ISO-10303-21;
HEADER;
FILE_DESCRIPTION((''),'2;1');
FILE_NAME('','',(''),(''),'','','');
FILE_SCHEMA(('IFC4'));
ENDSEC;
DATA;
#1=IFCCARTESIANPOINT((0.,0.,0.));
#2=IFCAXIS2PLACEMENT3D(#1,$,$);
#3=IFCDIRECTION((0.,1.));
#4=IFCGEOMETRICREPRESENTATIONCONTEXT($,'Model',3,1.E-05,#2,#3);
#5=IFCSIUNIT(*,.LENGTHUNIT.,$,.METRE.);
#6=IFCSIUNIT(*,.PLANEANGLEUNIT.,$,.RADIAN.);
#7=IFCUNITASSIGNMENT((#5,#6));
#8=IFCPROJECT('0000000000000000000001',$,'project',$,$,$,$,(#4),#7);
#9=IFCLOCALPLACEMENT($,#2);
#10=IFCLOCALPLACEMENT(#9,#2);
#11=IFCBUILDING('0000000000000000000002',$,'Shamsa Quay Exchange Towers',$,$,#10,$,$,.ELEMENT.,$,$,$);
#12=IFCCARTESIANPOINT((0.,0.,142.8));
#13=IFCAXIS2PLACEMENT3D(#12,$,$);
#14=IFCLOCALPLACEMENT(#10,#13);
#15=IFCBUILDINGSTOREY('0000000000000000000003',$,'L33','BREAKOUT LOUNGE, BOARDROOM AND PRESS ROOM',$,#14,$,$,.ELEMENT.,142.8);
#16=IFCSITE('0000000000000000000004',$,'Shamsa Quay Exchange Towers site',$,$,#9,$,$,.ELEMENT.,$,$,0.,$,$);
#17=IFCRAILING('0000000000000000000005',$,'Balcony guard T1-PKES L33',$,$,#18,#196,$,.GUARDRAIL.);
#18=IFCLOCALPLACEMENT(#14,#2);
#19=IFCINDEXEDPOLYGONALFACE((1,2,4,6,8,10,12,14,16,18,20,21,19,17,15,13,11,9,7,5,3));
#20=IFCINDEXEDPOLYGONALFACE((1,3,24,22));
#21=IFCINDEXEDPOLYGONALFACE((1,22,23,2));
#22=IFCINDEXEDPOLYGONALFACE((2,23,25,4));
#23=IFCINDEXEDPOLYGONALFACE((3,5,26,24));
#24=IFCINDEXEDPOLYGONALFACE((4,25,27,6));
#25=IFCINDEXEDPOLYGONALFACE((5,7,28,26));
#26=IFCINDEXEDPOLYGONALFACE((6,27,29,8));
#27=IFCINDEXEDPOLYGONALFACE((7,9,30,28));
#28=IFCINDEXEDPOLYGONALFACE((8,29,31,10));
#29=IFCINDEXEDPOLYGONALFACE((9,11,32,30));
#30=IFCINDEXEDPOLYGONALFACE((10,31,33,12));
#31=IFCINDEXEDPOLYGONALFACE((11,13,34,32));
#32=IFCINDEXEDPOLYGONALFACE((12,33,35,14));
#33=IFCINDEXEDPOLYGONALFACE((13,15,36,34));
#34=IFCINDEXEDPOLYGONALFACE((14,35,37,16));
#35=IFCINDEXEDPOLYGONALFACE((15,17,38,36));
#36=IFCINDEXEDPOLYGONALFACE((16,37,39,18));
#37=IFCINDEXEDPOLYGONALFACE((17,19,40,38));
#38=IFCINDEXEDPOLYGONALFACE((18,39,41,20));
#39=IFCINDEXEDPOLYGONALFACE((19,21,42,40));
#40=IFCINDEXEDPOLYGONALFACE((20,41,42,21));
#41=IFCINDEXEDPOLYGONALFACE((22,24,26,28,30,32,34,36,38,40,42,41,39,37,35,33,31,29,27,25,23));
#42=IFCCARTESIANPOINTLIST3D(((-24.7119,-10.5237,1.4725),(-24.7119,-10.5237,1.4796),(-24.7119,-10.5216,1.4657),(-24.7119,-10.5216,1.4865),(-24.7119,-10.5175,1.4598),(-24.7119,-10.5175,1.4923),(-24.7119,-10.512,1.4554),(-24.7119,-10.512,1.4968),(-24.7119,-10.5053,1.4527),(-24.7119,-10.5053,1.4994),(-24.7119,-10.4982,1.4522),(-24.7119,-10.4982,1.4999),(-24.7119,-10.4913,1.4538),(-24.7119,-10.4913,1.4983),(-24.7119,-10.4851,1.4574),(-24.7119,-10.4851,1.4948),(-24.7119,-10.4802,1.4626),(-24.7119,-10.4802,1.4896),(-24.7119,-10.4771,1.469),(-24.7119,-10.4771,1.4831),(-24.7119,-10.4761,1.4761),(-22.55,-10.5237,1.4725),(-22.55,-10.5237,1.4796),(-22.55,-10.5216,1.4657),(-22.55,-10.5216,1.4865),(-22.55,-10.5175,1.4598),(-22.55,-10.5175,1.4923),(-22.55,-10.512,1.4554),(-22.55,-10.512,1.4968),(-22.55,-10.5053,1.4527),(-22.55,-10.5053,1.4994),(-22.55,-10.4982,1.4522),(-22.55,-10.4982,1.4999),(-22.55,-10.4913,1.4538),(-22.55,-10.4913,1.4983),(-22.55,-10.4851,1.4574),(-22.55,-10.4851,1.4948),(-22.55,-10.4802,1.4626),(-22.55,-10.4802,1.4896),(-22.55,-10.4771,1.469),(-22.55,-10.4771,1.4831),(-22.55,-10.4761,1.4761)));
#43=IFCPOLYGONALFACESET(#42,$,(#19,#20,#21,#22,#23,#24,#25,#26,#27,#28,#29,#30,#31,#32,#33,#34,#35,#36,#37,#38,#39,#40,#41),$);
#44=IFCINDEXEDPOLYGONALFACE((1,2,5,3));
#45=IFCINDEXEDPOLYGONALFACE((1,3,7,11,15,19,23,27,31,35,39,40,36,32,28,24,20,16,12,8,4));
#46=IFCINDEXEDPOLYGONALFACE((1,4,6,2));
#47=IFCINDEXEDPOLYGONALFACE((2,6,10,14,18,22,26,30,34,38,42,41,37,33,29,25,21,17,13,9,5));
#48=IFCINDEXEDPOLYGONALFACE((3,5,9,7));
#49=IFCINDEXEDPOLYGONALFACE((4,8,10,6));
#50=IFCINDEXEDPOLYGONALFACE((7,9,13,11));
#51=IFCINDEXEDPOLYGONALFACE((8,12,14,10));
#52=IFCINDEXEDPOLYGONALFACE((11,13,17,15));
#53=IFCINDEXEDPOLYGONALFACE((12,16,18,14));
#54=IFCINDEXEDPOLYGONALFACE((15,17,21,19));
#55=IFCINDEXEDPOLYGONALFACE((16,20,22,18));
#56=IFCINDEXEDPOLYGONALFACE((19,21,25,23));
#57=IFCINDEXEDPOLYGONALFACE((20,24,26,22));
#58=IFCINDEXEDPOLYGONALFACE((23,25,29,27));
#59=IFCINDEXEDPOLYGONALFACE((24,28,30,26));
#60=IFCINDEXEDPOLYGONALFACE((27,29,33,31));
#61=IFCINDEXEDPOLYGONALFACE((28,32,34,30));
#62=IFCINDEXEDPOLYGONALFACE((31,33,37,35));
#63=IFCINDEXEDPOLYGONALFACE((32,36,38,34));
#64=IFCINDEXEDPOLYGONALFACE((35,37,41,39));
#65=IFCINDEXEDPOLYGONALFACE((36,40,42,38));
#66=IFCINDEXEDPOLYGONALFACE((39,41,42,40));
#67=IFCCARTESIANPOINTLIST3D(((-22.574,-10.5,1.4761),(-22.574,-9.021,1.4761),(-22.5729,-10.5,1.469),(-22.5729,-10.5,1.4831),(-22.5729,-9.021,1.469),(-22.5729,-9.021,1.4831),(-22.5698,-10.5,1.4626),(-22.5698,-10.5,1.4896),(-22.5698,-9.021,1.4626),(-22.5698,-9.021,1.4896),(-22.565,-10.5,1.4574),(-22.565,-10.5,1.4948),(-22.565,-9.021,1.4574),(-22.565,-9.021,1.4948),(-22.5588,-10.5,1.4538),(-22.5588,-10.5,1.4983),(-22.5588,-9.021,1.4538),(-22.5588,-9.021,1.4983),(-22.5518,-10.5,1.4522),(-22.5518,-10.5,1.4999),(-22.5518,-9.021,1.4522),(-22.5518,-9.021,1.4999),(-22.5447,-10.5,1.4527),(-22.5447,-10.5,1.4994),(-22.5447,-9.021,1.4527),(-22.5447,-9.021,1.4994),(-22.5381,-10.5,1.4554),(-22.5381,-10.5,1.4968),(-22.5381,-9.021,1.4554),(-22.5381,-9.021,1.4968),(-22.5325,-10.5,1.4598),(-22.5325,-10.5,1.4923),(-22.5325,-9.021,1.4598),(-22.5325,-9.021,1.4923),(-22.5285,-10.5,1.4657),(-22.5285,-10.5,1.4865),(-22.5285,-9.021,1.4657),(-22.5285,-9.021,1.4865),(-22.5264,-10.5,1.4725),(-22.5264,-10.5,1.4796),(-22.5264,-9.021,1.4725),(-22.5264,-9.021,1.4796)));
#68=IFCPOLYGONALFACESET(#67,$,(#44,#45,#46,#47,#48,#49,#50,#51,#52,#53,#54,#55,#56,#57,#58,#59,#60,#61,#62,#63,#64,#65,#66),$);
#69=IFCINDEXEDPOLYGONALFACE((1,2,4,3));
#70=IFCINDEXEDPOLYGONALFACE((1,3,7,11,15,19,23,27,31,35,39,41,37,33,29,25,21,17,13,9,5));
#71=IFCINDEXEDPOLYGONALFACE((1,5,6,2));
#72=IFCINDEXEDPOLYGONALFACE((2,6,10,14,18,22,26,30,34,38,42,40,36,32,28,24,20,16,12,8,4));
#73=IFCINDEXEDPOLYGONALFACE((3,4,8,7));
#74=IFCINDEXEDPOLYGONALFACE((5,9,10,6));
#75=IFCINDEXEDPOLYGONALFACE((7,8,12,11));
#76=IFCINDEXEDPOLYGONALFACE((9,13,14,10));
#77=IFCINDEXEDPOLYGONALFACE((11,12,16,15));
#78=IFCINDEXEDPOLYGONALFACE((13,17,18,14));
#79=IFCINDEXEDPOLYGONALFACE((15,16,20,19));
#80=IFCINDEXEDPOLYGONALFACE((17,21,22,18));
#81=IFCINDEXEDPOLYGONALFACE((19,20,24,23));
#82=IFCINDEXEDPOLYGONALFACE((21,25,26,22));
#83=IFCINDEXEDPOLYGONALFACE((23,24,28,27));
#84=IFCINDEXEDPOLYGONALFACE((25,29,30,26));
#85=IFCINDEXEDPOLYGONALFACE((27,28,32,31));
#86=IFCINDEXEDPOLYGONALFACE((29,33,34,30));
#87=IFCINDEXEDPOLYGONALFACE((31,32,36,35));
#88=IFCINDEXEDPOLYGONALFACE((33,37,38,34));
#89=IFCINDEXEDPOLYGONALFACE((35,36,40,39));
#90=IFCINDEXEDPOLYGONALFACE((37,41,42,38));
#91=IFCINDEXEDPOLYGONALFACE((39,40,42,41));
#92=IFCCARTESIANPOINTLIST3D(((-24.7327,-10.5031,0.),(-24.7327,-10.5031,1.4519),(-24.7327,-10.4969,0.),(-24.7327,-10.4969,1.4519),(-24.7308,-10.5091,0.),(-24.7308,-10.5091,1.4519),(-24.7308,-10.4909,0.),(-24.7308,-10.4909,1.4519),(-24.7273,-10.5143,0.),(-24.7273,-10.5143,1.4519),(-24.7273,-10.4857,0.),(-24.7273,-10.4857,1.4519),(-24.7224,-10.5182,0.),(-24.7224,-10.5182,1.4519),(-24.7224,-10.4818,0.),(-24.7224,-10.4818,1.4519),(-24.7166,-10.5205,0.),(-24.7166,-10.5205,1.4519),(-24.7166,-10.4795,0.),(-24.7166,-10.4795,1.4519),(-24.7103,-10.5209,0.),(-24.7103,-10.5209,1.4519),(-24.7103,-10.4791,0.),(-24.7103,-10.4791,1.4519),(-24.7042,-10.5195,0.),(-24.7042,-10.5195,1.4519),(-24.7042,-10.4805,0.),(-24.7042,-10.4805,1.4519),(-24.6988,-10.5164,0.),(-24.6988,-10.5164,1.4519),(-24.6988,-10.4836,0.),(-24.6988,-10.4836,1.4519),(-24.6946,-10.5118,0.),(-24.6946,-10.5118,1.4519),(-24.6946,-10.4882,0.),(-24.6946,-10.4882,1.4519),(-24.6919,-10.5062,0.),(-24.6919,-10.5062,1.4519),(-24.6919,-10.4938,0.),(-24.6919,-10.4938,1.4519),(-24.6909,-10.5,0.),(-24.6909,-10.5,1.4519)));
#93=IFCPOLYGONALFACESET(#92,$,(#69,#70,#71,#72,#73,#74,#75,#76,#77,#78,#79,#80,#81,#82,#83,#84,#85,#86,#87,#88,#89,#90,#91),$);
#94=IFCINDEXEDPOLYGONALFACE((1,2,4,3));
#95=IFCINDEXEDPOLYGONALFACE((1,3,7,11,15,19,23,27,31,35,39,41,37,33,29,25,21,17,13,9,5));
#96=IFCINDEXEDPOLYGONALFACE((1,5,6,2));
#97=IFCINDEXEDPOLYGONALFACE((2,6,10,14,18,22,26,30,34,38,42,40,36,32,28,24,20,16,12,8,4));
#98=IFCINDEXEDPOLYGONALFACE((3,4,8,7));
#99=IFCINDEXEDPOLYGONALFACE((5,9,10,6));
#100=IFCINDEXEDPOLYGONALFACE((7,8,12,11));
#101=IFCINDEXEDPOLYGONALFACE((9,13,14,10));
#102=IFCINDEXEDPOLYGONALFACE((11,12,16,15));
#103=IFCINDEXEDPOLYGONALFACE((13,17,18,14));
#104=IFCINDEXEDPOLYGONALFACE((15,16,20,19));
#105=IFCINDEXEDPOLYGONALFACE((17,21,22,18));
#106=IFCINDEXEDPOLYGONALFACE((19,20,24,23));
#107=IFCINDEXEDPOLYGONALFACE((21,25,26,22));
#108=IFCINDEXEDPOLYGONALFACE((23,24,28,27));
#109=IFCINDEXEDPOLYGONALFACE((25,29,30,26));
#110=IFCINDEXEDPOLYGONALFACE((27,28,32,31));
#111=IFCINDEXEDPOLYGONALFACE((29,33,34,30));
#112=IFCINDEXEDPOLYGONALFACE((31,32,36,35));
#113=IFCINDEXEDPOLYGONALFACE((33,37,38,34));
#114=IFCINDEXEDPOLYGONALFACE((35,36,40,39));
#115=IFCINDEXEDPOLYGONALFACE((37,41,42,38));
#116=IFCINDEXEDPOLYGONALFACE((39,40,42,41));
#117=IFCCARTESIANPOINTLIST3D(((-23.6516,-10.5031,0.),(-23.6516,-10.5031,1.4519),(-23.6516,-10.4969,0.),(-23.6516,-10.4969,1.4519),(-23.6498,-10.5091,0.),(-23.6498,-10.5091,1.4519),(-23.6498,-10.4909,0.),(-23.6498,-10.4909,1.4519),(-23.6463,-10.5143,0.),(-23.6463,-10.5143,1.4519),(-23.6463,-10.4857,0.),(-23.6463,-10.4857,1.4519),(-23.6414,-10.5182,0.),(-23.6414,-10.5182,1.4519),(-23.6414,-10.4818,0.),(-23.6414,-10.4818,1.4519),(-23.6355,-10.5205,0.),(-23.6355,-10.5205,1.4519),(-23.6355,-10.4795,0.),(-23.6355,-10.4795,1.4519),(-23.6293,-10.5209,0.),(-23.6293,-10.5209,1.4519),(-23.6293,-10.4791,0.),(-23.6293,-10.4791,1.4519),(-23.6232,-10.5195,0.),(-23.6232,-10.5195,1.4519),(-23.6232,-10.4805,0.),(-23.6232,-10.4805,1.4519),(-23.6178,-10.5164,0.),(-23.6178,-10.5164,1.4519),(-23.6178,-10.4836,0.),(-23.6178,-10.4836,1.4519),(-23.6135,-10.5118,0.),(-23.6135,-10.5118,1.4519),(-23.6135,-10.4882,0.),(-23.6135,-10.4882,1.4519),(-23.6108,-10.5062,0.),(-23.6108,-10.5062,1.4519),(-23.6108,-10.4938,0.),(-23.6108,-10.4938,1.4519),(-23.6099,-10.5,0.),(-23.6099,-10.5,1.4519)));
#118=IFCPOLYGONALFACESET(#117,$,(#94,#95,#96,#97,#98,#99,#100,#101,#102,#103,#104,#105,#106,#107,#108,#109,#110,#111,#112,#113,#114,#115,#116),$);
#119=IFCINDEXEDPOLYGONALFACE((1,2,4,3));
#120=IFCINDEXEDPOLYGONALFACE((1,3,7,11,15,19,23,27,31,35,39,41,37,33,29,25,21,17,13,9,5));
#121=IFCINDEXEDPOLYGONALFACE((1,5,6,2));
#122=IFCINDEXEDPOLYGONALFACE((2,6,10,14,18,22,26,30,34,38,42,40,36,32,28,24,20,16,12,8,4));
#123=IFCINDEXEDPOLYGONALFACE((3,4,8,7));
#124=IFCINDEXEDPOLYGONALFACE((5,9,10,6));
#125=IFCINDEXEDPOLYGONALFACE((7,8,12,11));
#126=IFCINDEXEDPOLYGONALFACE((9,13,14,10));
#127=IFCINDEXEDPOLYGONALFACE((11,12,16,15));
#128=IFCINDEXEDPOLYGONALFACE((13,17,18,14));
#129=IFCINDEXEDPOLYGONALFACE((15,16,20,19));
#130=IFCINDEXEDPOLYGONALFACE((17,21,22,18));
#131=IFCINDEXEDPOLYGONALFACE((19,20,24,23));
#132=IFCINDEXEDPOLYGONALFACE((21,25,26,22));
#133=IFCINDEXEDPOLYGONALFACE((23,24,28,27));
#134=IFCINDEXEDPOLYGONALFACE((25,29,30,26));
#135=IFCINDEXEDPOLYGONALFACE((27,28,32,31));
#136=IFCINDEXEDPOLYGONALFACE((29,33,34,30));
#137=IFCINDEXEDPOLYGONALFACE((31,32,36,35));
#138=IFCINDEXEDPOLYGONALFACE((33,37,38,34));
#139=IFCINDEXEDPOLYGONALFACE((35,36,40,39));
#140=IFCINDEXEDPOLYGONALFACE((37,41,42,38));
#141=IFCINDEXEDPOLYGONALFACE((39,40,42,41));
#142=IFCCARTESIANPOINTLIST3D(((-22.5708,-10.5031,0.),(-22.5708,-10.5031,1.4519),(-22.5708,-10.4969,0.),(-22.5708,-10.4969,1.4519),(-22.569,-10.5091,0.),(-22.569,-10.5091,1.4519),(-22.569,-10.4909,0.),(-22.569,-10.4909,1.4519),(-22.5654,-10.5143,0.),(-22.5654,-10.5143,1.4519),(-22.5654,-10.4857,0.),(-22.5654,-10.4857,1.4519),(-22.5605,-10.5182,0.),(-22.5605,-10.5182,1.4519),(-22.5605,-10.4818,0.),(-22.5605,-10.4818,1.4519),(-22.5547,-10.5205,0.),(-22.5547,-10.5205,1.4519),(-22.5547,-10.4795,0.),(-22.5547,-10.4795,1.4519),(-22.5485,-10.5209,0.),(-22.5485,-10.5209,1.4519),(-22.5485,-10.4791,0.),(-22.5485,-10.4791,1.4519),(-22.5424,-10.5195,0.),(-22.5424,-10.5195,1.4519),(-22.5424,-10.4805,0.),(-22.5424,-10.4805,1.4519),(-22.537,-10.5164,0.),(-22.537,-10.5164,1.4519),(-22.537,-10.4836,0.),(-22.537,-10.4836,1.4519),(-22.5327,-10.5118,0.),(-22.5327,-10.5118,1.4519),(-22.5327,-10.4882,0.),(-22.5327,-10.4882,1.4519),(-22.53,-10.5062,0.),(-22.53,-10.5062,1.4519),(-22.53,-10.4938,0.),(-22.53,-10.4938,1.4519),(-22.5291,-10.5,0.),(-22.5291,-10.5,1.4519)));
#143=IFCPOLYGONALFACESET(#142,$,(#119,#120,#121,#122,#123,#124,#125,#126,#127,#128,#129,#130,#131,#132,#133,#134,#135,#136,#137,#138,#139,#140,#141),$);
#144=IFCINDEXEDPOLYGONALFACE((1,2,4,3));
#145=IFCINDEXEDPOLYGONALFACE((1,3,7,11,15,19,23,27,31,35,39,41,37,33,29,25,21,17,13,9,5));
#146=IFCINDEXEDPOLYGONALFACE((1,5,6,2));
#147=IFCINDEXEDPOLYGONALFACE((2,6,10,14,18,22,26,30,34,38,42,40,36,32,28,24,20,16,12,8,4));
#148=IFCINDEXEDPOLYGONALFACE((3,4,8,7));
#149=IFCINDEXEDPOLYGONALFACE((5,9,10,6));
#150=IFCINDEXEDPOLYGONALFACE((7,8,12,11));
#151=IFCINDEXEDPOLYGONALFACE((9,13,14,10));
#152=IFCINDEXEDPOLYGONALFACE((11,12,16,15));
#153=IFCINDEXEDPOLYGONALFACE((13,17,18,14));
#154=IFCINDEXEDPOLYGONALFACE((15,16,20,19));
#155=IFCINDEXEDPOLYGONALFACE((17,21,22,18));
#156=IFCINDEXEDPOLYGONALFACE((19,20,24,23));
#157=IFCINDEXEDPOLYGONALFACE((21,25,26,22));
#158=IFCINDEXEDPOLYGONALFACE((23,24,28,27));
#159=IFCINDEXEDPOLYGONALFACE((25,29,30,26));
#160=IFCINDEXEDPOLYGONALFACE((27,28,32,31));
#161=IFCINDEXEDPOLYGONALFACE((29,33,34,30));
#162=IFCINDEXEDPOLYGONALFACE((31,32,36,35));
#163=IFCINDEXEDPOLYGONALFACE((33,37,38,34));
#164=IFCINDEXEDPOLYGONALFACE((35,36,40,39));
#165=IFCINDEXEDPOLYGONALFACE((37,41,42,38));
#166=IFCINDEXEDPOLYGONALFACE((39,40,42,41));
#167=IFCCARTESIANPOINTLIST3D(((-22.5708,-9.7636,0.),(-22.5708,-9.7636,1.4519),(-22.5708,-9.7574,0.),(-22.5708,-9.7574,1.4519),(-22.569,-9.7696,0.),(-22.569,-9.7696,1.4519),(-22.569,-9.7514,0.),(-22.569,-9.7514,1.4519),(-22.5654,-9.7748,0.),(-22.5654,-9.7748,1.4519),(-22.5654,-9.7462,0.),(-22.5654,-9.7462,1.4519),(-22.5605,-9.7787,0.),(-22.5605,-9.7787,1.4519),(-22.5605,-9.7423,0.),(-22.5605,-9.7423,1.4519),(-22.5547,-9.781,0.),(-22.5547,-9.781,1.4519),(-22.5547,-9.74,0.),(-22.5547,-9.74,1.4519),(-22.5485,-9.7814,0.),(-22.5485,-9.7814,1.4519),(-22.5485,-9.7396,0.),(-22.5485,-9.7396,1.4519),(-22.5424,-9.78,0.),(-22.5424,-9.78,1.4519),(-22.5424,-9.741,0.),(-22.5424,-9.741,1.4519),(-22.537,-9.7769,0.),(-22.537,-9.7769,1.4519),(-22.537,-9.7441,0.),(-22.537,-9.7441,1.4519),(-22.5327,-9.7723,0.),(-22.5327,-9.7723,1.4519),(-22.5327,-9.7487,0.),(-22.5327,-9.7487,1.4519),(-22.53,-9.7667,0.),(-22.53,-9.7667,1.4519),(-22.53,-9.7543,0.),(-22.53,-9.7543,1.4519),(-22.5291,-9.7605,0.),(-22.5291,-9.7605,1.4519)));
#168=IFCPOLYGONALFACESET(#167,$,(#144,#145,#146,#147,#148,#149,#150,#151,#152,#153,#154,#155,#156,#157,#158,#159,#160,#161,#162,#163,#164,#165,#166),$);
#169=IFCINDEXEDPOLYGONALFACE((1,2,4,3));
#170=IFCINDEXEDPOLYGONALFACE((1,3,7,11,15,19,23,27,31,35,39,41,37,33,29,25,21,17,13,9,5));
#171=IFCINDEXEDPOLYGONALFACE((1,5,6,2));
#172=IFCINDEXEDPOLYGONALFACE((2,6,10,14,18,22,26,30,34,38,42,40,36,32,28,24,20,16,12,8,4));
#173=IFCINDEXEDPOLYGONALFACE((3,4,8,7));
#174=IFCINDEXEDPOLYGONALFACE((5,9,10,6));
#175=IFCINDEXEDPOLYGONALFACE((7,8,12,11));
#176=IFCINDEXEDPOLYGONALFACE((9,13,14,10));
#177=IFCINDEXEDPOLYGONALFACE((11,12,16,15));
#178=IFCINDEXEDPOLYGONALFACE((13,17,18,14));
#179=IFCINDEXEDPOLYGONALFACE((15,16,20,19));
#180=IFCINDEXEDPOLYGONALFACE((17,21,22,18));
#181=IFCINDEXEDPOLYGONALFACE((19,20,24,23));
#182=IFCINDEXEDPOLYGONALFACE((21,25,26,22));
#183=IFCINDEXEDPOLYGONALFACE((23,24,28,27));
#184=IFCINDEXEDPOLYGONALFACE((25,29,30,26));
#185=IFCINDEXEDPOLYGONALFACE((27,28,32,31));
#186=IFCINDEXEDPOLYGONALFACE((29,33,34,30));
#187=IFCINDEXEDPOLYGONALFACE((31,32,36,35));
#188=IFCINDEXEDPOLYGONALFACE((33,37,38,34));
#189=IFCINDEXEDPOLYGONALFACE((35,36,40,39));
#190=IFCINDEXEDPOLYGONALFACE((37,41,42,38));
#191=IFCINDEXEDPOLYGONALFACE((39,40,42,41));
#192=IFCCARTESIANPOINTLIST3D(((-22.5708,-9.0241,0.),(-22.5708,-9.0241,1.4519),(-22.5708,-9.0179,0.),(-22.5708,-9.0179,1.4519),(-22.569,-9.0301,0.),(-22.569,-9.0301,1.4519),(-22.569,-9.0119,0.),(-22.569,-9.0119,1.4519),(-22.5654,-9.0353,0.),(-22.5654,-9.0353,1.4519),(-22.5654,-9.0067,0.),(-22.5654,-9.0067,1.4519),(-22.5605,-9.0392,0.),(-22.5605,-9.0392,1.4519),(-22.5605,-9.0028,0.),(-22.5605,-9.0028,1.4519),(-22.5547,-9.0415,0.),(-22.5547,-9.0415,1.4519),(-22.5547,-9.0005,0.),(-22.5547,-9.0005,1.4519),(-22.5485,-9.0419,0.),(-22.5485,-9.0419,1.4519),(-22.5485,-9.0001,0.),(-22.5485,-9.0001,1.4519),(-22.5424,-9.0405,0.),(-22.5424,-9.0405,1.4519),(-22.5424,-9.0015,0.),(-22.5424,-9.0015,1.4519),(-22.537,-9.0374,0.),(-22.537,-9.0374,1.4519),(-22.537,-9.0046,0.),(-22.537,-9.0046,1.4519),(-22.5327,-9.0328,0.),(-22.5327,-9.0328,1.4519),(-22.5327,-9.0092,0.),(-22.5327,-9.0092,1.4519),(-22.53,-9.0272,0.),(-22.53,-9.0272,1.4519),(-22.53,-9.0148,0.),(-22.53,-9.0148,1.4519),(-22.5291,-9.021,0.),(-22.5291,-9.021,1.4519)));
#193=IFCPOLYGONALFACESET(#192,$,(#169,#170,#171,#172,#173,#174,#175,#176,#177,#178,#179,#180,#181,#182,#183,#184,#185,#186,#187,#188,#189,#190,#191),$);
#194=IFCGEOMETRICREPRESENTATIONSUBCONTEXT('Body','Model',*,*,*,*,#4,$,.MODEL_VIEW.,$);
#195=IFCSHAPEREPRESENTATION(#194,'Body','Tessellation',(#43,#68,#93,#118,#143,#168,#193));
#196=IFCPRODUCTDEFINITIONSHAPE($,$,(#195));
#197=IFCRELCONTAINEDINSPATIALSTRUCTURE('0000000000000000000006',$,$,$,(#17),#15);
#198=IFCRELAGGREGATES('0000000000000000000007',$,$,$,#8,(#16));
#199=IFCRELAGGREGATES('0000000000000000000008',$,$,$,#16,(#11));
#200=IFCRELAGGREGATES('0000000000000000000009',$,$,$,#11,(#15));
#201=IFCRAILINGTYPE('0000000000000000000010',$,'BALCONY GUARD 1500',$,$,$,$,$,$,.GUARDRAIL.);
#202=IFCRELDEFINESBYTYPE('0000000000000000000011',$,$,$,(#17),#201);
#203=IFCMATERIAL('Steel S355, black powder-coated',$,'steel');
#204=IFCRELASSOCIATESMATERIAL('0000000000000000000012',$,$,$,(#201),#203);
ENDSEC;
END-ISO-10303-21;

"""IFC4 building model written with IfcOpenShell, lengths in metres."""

from ifc_helpers import new_model, si_unit, direction, frame, origin, origin_2d, place, context, subcontext, project, spatial, circle, extrude, material, type_object, element, save


model = new_model("IFC4")

# Units and contexts
model_context = context("Model", 3, precision=1e-05, world=origin(), true_north=direction((0.0, 1.0)))
body_context = subcontext(model_context, "Body", "Model", "MODEL_VIEW")
ifc_project = project(units=[si_unit("LENGTHUNIT", "METRE"), si_unit("PLANEANGLEUNIT", "RADIAN")], contexts=[model_context])

# Site, building, storey
site_placement = place(None, origin())
site = spatial("IfcSite", under=ifc_project, at=site_placement, Name="Shamsa Quay Exchange Towers site", CompositionType="ELEMENT", RefElevation=0.0)
building_placement = place(site_placement, origin())
building = spatial("IfcBuilding", under=site, at=building_placement, Name="Shamsa Quay Exchange Towers", CompositionType="ELEMENT")
storey_placement = place(building_placement, frame((0.0, 0.0, 142.8)))
storey = spatial("IfcBuildingStorey", under=building, at=storey_placement, Name="L33", Description="BREAKOUT LOUNGE, BOARDROOM AND PRESS ROOM", CompositionType="ELEMENT", Elevation=142.8)

# Railing
ifc_material_1 = material(Name="Steel S355, black powder-coated", Category="steel")
railing_type_1 = type_object("IfcRailingType", Name="BALCONY GUARD 1500", PredefinedType="GUARDRAIL", material=ifc_material_1)
for number, where, name in (
    (1, (-24.7119, -10.5, 0.0), "Balcony guard T1-PKES L33"),
):
    element("IfcRailing", number, at=place(storey_placement, frame(where)), inside=storey, type_object=railing_type_1, Name=name, PredefinedType="GUARDRAIL", context=body_context, shape_type="SweptSolid", body=[
        extrude(circle(Radius=0.0239, at=origin_2d()), frame((0.0, 0.0, 1.4761), z_axis=(1.0, 0.0, 0.0), x_axis=(0.0, 1.0, 0.0)), (0.0, 0.0, 1.0), 2.1619),
        extrude(circle(Radius=0.0239, at=origin_2d()), frame((2.1619, 0.0, 1.4761), z_axis=(0.0, 1.0, 0.0), x_axis=(-1.0, 0.0, 0.0)), (0.0, 0.0, 1.0), 1.479),
        extrude(circle(Radius=0.021, at=origin_2d()), origin(), (0.0, 0.0, 1.0), 1.4519),
        extrude(circle(Radius=0.021, at=origin_2d()), frame((1.0811, 0.0, 0.0)), (0.0, 0.0, 1.0), 1.4519),
        extrude(circle(Radius=0.021, at=origin_2d()), frame((2.1619, 0.0, 0.0)), (0.0, 0.0, 1.0), 1.4519),
        extrude(circle(Radius=0.021, at=origin_2d()), frame((2.1619, 0.7395, 0.0)), (0.0, 0.0, 1.0), 1.4519),
        extrude(circle(Radius=0.021, at=origin_2d()), frame((2.1619, 1.479, 0.0)), (0.0, 0.0, 1.0), 1.4519),
    ])

save(model, "model.ifc")
